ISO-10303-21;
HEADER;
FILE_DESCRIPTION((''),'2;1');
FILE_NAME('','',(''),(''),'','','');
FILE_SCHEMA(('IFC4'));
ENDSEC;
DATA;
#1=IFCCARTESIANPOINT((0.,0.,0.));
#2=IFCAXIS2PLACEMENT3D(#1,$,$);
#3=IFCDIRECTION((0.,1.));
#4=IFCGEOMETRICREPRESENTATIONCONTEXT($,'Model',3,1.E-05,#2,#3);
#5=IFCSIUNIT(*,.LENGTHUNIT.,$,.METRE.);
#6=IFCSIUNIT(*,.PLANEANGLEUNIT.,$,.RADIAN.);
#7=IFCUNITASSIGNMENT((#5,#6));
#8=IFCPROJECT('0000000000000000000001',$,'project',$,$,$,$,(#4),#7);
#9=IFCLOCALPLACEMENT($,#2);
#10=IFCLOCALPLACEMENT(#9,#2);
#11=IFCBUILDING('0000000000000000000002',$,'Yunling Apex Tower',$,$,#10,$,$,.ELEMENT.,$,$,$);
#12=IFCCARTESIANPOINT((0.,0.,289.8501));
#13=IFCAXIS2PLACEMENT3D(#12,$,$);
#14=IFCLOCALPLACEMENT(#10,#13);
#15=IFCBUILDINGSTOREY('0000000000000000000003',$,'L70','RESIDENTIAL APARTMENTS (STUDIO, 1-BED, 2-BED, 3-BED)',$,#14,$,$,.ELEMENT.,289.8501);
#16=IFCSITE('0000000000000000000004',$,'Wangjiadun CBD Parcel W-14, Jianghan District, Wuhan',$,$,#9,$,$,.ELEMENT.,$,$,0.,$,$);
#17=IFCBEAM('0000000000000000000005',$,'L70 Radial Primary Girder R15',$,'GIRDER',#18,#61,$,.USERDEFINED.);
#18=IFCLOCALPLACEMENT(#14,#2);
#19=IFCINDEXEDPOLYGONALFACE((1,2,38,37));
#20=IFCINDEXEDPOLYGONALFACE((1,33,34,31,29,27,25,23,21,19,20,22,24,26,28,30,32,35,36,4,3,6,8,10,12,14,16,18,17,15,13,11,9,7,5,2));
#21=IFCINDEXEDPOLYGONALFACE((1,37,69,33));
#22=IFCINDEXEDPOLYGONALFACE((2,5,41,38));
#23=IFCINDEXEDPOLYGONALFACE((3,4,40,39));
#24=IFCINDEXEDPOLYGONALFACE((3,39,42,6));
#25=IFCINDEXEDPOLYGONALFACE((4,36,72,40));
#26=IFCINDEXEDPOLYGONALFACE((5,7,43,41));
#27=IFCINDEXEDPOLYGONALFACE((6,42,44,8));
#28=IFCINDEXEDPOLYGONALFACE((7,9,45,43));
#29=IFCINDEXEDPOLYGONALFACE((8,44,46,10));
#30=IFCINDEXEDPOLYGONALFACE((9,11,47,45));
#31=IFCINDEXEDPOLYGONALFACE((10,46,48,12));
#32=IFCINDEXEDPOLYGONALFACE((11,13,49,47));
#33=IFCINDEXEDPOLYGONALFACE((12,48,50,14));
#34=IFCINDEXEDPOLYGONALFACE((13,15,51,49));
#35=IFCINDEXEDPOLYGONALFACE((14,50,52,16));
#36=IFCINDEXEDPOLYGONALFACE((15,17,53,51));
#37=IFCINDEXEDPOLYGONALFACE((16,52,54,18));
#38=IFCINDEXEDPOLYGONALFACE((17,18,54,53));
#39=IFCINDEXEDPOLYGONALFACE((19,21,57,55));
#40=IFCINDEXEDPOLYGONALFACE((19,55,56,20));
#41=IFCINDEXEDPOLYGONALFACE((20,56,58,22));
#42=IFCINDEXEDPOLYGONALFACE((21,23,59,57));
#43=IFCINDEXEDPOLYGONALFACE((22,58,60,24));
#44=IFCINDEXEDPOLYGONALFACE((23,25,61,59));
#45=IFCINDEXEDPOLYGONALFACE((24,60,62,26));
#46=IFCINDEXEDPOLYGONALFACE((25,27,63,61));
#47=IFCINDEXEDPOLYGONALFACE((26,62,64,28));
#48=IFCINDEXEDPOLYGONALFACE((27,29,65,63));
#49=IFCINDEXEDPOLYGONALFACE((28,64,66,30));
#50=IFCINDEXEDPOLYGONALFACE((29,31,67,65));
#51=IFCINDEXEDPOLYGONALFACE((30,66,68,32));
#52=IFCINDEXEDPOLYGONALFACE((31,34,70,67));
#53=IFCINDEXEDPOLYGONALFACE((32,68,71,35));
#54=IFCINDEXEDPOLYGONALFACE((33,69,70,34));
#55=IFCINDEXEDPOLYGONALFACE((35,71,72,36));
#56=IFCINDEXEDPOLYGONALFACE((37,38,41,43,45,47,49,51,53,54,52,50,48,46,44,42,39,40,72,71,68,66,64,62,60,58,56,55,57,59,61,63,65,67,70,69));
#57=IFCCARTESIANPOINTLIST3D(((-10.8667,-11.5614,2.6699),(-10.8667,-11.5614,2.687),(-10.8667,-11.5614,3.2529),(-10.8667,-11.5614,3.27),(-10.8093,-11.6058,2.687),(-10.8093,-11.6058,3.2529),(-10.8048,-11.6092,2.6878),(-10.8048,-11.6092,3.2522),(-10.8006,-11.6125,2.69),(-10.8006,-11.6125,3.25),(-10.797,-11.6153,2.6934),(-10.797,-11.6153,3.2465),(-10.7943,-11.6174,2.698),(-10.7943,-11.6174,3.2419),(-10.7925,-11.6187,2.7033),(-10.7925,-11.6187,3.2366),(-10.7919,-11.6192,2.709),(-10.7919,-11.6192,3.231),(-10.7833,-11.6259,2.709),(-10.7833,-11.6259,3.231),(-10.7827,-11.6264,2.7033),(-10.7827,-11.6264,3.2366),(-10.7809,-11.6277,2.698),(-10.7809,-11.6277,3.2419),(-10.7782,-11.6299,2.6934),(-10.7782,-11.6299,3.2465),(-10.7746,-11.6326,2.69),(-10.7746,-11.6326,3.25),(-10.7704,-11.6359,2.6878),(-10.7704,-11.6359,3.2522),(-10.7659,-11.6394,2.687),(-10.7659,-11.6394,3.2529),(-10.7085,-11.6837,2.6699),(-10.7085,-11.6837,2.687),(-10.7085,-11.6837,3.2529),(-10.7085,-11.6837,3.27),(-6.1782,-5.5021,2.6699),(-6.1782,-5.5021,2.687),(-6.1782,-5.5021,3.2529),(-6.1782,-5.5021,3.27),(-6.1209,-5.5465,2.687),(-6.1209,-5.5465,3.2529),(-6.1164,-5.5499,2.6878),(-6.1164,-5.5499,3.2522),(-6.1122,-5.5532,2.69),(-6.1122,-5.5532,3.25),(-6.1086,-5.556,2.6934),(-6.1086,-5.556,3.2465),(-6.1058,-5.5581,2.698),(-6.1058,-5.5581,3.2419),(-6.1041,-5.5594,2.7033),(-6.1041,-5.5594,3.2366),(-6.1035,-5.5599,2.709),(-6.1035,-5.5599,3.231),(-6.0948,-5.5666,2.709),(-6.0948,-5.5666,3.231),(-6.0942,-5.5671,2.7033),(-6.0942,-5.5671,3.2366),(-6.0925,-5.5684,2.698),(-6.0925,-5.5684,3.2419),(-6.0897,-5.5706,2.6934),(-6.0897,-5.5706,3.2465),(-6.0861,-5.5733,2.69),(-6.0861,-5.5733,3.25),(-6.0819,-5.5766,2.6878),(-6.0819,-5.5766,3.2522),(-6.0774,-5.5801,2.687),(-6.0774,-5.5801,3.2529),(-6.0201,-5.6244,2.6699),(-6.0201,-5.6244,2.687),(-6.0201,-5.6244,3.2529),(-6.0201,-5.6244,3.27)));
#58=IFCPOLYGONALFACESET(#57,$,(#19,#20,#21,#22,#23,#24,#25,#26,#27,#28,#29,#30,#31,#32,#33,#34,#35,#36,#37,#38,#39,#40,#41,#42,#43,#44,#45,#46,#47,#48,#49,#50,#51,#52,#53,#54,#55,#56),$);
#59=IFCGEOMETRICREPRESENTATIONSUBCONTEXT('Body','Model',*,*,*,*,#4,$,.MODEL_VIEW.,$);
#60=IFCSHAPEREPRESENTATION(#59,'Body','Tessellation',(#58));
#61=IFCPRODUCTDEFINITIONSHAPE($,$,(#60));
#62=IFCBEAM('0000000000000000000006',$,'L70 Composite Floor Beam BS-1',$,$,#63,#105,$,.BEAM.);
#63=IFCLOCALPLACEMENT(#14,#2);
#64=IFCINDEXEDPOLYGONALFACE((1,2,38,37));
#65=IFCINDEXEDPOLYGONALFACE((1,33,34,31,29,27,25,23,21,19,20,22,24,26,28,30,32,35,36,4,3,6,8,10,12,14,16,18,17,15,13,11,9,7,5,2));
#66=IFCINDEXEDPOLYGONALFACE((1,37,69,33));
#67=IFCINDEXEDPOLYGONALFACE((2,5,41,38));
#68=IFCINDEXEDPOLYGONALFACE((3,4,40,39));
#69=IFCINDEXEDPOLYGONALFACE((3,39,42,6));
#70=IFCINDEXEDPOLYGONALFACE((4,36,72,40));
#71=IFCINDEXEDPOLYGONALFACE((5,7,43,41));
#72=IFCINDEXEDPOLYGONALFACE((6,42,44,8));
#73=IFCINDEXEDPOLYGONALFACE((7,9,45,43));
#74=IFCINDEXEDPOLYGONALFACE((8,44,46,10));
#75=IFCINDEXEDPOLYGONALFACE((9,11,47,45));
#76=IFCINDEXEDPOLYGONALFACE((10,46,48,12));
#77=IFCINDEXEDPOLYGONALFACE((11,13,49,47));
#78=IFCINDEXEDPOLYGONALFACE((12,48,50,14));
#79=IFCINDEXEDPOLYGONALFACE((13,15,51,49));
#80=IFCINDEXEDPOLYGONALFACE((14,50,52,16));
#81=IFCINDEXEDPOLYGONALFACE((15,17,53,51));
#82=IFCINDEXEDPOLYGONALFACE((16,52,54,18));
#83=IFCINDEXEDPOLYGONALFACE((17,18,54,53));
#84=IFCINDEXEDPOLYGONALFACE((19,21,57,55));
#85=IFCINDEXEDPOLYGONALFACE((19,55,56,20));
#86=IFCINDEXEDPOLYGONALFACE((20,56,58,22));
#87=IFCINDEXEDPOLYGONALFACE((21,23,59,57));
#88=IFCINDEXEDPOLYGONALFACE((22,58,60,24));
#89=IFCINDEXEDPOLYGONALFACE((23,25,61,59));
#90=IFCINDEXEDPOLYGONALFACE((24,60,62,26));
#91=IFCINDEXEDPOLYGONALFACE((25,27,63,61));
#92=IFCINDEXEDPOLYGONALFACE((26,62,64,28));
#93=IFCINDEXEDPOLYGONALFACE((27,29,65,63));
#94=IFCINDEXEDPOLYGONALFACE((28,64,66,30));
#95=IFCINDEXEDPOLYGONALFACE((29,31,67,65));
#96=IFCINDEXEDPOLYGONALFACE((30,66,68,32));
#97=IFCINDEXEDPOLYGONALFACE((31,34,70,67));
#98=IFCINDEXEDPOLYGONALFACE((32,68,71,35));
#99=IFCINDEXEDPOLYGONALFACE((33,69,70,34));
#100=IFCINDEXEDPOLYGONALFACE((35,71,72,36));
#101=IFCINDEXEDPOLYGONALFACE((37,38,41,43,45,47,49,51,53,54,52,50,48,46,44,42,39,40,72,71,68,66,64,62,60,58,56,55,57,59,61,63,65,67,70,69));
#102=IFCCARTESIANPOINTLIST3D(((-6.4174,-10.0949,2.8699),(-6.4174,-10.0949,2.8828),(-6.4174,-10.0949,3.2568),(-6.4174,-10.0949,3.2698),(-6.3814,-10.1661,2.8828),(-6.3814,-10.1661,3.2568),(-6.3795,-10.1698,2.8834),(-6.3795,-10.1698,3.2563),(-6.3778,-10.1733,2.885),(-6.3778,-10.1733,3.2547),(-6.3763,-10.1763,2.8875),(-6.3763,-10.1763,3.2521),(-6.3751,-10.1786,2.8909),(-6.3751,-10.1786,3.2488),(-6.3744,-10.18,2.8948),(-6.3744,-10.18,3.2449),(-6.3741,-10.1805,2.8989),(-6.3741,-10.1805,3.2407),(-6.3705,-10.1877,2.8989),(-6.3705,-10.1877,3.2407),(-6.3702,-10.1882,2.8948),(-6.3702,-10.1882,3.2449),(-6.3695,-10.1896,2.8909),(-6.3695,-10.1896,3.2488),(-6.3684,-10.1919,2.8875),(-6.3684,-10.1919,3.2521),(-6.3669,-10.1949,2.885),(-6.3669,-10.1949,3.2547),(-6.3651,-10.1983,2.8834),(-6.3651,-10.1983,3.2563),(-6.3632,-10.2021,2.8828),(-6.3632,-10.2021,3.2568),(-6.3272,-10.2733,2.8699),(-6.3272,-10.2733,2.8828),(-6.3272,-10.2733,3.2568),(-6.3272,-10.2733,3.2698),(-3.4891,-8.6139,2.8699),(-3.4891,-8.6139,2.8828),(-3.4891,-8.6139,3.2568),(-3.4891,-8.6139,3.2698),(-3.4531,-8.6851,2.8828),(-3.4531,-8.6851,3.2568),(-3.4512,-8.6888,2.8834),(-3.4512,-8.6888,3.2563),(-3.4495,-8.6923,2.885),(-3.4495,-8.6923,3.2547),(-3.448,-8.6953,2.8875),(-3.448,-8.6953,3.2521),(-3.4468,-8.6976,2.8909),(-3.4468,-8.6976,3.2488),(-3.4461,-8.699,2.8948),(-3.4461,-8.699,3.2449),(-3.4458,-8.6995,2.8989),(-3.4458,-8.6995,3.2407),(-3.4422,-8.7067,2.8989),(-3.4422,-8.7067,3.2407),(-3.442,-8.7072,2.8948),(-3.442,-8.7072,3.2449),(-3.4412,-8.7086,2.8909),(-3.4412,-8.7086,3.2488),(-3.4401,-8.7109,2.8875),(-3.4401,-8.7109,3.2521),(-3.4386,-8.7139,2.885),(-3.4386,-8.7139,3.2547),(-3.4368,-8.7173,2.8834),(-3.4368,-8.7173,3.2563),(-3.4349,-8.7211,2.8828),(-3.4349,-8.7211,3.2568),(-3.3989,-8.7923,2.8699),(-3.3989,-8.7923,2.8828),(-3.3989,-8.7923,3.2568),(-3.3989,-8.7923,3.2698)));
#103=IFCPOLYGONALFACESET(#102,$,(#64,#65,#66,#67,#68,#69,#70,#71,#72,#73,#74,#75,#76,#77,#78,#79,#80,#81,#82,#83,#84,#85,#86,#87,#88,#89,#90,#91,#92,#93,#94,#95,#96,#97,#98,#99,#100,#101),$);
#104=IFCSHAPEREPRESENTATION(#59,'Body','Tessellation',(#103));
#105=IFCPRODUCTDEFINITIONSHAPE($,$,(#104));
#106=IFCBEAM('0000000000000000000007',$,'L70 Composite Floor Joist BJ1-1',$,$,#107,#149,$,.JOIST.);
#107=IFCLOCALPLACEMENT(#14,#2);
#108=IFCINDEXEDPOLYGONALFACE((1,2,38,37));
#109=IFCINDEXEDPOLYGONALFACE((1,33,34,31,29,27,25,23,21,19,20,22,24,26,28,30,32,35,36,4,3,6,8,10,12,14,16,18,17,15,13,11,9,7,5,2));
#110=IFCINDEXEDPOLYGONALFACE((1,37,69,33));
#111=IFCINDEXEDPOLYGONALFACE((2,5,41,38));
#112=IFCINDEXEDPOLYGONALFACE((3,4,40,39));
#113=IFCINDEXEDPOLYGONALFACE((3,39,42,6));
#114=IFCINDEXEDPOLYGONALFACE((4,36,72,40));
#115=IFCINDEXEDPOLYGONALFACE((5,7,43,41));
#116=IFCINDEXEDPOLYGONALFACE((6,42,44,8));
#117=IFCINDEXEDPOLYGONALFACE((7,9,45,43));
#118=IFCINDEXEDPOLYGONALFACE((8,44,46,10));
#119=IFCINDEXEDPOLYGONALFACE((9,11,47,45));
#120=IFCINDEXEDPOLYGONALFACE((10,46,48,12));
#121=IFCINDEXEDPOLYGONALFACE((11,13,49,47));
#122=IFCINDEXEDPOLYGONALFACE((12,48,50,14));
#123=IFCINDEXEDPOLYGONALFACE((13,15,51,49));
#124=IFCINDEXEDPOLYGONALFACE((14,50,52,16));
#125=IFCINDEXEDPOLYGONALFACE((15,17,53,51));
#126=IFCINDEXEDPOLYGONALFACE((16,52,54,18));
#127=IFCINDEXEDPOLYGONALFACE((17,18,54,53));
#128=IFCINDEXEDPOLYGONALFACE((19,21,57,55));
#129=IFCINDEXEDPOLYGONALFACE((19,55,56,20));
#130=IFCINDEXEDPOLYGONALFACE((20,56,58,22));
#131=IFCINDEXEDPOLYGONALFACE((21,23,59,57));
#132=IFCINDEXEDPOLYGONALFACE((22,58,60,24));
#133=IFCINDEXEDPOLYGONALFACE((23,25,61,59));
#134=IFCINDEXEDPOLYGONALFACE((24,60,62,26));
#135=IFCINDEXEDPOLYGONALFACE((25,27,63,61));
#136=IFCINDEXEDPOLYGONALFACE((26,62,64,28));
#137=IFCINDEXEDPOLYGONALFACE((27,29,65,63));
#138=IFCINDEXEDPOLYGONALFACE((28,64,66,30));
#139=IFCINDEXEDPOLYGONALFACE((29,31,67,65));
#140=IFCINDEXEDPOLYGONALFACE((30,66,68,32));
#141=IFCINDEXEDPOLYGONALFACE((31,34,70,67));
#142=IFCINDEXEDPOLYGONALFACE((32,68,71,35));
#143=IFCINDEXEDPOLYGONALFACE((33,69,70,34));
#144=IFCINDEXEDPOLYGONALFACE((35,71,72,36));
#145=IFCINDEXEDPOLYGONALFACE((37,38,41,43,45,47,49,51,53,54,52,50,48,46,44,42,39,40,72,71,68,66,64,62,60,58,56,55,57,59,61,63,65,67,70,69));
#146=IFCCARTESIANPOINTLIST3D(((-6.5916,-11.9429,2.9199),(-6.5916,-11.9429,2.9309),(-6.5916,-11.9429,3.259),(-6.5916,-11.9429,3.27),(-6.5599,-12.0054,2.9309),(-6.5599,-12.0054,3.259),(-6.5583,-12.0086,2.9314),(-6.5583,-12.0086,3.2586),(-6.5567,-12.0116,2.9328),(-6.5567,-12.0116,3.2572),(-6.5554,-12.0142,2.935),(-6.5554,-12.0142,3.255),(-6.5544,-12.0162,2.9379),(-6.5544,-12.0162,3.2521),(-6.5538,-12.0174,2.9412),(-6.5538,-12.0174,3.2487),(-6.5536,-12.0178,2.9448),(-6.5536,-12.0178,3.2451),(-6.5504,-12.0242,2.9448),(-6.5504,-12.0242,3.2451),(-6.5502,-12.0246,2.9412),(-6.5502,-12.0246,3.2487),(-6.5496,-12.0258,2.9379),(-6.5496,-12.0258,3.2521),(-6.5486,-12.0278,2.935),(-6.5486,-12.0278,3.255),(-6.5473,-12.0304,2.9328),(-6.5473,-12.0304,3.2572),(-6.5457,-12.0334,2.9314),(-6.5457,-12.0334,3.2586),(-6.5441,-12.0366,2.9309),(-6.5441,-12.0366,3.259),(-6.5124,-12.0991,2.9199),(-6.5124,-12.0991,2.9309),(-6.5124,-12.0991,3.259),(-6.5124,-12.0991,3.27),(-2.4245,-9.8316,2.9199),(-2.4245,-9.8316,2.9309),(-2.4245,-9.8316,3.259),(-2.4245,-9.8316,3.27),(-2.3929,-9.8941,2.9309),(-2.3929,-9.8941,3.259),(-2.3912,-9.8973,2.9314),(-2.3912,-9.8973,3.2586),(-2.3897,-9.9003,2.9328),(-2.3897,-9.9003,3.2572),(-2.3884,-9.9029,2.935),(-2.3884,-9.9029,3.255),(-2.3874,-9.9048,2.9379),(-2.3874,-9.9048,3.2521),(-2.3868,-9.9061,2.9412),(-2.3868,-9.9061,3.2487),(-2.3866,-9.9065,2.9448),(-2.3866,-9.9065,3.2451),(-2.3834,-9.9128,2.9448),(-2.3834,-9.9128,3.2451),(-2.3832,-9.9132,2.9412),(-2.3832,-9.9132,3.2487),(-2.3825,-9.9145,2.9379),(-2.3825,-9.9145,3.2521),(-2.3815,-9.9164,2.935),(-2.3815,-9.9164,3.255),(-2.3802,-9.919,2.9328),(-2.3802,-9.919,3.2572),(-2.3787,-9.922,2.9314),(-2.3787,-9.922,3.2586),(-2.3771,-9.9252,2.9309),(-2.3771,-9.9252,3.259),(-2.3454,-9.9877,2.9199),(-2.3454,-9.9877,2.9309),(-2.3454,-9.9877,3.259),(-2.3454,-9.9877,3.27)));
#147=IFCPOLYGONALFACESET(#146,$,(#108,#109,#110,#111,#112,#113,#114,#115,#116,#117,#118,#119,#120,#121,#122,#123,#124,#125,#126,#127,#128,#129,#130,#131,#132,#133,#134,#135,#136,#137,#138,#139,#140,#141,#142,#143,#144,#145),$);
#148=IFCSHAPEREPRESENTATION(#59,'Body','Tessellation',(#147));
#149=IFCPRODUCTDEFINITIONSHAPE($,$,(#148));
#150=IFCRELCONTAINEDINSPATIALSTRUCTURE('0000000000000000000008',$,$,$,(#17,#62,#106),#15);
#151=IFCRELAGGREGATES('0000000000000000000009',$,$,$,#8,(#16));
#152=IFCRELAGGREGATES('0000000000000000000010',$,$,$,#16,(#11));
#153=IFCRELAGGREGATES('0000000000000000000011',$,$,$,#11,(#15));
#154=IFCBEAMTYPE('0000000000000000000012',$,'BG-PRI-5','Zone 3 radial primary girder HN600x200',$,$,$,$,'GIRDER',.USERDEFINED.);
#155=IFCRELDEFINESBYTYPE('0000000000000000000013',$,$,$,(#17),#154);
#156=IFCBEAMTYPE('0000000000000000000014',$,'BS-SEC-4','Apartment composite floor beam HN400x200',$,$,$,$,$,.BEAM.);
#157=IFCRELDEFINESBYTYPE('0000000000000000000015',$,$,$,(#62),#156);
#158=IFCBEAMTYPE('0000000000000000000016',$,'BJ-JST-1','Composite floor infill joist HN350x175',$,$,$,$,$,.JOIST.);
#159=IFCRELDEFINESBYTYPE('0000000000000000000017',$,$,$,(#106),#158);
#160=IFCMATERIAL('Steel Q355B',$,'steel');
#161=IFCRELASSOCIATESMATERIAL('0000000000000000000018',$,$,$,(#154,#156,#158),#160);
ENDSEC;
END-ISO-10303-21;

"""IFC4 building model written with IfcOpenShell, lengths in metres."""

from ifc_helpers import new_model, si_unit, direction, frame, origin, origin_2d, place, context, subcontext, project, spatial, i_section, extrude, source, transform, mapped, material, material_profile, profile_set, type_object, element, save


model = new_model("IFC4")

# Units and contexts
model_context = context("Model", 3, precision=1e-05, world=origin(), true_north=direction((0.0, 1.0)))
body_context = subcontext(model_context, "Body", "Model", "MODEL_VIEW")
ifc_project = project(units=[si_unit("LENGTHUNIT", "METRE"), si_unit("PLANEANGLEUNIT", "RADIAN")], contexts=[model_context])

# Site, building, storey
site_placement = place(None, origin())
site = spatial("IfcSite", under=ifc_project, at=site_placement, Name="Wangjiadun CBD Parcel W-14, Jianghan District, Wuhan", CompositionType="ELEMENT", RefElevation=0.0)
building_placement = place(site_placement, origin())
building = spatial("IfcBuilding", under=site, at=building_placement, Name="Yunling Apex Tower", CompositionType="ELEMENT")
storey_placement = place(building_placement, frame((0.0, 0.0, 289.8501)))
storey = spatial("IfcBuildingStorey", under=building, at=storey_placement, Name="L70", Description="RESIDENTIAL APARTMENTS (STUDIO, 1-BED, 2-BED, 3-BED)", CompositionType="ELEMENT", Elevation=289.8501)

# Shared definitions
ifc_material_1 = material(Name="Steel Q355B", Category="steel")

# Beams
ifc_material_profile_1 = material_profile(ifc_material_1, i_section(OverallWidth=0.2, OverallDepth=0.6001, WebThickness=0.011, FlangeThickness=0.0171, FilletRadius=0.022, at=origin_2d()))
ifc_profile_set_1 = profile_set([ifc_material_profile_1], Name="Steel Q355B")
beam_type_1 = type_object("IfcBeamType", Name="BG-PRI-5", Description="Zone 3 radial primary girder HN600x200", ElementType="GIRDER", PredefinedType="USERDEFINED", material=ifc_profile_set_1)
shared_shape_1 = source(origin(), body_context, "Body", "SweptSolid", [
    extrude(i_section(OverallWidth=0.2, OverallDepth=0.6001, WebThickness=0.011, FlangeThickness=0.0171, FilletRadius=0.022, at=origin_2d()), origin(), (0.0, 0.0, 1.0), 7.6614),
])
beam_1_placement = place(storey_placement, frame((-10.7876, -11.6226, 2.97), z_axis=(0.61196, 0.790889, 0.0), x_axis=(-0.790889, 0.61196, 0.0)))
element("IfcBeam", 1, at=beam_1_placement, inside=storey, type_object=beam_type_1, Name="L70 Radial Primary Girder R15", ObjectType="GIRDER", PredefinedType="USERDEFINED", context=body_context, shape_type="MappedRepresentation", body=[
    mapped(shared_shape_1, transform((0.0, 0.0, 0.0), scale=1.0)),
])
ifc_material_profile_2 = material_profile(ifc_material_1, i_section(OverallWidth=0.2, OverallDepth=0.3999, WebThickness=0.0081, FlangeThickness=0.0129, FilletRadius=0.0161, at=origin_2d()))
ifc_profile_set_2 = profile_set([ifc_material_profile_2], Name="Steel Q355B")
beam_type_2 = type_object("IfcBeamType", Name="BS-SEC-4", Description="Apartment composite floor beam HN400x200", PredefinedType="BEAM", material=ifc_profile_set_2)
shared_shape_2 = source(origin(), body_context, "Body", "SweptSolid", [
    extrude(i_section(OverallWidth=0.2, OverallDepth=0.3999, WebThickness=0.0081, FlangeThickness=0.0129, FilletRadius=0.0161, at=origin_2d()), origin(), (0.0, 0.0, 1.0), 3.2815),
])
beam_2_placement = place(storey_placement, frame((-6.3723, -10.1841, 3.0698), z_axis=(0.892364, 0.451316, 0.0), x_axis=(-0.451316, 0.892364, 0.0)))
element("IfcBeam", 2, at=beam_2_placement, inside=storey, type_object=beam_type_2, Name="L70 Composite Floor Beam BS-1", PredefinedType="BEAM", context=body_context, shape_type="MappedRepresentation", body=[
    mapped(shared_shape_2, transform((0.0, 0.0, 0.0), scale=1.0)),
])
ifc_material_profile_3 = material_profile(ifc_material_1, i_section(OverallWidth=0.175, OverallDepth=0.3501, WebThickness=0.0071, FlangeThickness=0.011, FilletRadius=0.0139, at=origin_2d()))
ifc_profile_set_3 = profile_set([ifc_material_profile_3], Name="Steel Q355B")
beam_type_3 = type_object("IfcBeamType", Name="BJ-JST-1", Description="Composite floor infill joist HN350x175", PredefinedType="JOIST", material=ifc_profile_set_3)
shared_shape_3 = source(origin(), body_context, "Body", "SweptSolid", [
    extrude(i_section(OverallWidth=0.175, OverallDepth=0.3501, WebThickness=0.0071, FlangeThickness=0.011, FilletRadius=0.0139, at=origin_2d()), origin(), (0.0, 0.0, 1.0), 4.6714),
])
beam_3_placement = place(storey_placement, frame((-6.552, -12.021, 3.095), z_axis=(0.892031, 0.451974, 0.0), x_axis=(-0.451974, 0.892031, 0.0)))
element("IfcBeam", 3, at=beam_3_placement, inside=storey, type_object=beam_type_3, Name="L70 Composite Floor Joist BJ1-1", PredefinedType="JOIST", context=body_context, shape_type="MappedRepresentation", body=[
    mapped(shared_shape_3, transform((0.0, 0.0, 0.0), scale=1.0)),
])

save(model, "model.ifc")
